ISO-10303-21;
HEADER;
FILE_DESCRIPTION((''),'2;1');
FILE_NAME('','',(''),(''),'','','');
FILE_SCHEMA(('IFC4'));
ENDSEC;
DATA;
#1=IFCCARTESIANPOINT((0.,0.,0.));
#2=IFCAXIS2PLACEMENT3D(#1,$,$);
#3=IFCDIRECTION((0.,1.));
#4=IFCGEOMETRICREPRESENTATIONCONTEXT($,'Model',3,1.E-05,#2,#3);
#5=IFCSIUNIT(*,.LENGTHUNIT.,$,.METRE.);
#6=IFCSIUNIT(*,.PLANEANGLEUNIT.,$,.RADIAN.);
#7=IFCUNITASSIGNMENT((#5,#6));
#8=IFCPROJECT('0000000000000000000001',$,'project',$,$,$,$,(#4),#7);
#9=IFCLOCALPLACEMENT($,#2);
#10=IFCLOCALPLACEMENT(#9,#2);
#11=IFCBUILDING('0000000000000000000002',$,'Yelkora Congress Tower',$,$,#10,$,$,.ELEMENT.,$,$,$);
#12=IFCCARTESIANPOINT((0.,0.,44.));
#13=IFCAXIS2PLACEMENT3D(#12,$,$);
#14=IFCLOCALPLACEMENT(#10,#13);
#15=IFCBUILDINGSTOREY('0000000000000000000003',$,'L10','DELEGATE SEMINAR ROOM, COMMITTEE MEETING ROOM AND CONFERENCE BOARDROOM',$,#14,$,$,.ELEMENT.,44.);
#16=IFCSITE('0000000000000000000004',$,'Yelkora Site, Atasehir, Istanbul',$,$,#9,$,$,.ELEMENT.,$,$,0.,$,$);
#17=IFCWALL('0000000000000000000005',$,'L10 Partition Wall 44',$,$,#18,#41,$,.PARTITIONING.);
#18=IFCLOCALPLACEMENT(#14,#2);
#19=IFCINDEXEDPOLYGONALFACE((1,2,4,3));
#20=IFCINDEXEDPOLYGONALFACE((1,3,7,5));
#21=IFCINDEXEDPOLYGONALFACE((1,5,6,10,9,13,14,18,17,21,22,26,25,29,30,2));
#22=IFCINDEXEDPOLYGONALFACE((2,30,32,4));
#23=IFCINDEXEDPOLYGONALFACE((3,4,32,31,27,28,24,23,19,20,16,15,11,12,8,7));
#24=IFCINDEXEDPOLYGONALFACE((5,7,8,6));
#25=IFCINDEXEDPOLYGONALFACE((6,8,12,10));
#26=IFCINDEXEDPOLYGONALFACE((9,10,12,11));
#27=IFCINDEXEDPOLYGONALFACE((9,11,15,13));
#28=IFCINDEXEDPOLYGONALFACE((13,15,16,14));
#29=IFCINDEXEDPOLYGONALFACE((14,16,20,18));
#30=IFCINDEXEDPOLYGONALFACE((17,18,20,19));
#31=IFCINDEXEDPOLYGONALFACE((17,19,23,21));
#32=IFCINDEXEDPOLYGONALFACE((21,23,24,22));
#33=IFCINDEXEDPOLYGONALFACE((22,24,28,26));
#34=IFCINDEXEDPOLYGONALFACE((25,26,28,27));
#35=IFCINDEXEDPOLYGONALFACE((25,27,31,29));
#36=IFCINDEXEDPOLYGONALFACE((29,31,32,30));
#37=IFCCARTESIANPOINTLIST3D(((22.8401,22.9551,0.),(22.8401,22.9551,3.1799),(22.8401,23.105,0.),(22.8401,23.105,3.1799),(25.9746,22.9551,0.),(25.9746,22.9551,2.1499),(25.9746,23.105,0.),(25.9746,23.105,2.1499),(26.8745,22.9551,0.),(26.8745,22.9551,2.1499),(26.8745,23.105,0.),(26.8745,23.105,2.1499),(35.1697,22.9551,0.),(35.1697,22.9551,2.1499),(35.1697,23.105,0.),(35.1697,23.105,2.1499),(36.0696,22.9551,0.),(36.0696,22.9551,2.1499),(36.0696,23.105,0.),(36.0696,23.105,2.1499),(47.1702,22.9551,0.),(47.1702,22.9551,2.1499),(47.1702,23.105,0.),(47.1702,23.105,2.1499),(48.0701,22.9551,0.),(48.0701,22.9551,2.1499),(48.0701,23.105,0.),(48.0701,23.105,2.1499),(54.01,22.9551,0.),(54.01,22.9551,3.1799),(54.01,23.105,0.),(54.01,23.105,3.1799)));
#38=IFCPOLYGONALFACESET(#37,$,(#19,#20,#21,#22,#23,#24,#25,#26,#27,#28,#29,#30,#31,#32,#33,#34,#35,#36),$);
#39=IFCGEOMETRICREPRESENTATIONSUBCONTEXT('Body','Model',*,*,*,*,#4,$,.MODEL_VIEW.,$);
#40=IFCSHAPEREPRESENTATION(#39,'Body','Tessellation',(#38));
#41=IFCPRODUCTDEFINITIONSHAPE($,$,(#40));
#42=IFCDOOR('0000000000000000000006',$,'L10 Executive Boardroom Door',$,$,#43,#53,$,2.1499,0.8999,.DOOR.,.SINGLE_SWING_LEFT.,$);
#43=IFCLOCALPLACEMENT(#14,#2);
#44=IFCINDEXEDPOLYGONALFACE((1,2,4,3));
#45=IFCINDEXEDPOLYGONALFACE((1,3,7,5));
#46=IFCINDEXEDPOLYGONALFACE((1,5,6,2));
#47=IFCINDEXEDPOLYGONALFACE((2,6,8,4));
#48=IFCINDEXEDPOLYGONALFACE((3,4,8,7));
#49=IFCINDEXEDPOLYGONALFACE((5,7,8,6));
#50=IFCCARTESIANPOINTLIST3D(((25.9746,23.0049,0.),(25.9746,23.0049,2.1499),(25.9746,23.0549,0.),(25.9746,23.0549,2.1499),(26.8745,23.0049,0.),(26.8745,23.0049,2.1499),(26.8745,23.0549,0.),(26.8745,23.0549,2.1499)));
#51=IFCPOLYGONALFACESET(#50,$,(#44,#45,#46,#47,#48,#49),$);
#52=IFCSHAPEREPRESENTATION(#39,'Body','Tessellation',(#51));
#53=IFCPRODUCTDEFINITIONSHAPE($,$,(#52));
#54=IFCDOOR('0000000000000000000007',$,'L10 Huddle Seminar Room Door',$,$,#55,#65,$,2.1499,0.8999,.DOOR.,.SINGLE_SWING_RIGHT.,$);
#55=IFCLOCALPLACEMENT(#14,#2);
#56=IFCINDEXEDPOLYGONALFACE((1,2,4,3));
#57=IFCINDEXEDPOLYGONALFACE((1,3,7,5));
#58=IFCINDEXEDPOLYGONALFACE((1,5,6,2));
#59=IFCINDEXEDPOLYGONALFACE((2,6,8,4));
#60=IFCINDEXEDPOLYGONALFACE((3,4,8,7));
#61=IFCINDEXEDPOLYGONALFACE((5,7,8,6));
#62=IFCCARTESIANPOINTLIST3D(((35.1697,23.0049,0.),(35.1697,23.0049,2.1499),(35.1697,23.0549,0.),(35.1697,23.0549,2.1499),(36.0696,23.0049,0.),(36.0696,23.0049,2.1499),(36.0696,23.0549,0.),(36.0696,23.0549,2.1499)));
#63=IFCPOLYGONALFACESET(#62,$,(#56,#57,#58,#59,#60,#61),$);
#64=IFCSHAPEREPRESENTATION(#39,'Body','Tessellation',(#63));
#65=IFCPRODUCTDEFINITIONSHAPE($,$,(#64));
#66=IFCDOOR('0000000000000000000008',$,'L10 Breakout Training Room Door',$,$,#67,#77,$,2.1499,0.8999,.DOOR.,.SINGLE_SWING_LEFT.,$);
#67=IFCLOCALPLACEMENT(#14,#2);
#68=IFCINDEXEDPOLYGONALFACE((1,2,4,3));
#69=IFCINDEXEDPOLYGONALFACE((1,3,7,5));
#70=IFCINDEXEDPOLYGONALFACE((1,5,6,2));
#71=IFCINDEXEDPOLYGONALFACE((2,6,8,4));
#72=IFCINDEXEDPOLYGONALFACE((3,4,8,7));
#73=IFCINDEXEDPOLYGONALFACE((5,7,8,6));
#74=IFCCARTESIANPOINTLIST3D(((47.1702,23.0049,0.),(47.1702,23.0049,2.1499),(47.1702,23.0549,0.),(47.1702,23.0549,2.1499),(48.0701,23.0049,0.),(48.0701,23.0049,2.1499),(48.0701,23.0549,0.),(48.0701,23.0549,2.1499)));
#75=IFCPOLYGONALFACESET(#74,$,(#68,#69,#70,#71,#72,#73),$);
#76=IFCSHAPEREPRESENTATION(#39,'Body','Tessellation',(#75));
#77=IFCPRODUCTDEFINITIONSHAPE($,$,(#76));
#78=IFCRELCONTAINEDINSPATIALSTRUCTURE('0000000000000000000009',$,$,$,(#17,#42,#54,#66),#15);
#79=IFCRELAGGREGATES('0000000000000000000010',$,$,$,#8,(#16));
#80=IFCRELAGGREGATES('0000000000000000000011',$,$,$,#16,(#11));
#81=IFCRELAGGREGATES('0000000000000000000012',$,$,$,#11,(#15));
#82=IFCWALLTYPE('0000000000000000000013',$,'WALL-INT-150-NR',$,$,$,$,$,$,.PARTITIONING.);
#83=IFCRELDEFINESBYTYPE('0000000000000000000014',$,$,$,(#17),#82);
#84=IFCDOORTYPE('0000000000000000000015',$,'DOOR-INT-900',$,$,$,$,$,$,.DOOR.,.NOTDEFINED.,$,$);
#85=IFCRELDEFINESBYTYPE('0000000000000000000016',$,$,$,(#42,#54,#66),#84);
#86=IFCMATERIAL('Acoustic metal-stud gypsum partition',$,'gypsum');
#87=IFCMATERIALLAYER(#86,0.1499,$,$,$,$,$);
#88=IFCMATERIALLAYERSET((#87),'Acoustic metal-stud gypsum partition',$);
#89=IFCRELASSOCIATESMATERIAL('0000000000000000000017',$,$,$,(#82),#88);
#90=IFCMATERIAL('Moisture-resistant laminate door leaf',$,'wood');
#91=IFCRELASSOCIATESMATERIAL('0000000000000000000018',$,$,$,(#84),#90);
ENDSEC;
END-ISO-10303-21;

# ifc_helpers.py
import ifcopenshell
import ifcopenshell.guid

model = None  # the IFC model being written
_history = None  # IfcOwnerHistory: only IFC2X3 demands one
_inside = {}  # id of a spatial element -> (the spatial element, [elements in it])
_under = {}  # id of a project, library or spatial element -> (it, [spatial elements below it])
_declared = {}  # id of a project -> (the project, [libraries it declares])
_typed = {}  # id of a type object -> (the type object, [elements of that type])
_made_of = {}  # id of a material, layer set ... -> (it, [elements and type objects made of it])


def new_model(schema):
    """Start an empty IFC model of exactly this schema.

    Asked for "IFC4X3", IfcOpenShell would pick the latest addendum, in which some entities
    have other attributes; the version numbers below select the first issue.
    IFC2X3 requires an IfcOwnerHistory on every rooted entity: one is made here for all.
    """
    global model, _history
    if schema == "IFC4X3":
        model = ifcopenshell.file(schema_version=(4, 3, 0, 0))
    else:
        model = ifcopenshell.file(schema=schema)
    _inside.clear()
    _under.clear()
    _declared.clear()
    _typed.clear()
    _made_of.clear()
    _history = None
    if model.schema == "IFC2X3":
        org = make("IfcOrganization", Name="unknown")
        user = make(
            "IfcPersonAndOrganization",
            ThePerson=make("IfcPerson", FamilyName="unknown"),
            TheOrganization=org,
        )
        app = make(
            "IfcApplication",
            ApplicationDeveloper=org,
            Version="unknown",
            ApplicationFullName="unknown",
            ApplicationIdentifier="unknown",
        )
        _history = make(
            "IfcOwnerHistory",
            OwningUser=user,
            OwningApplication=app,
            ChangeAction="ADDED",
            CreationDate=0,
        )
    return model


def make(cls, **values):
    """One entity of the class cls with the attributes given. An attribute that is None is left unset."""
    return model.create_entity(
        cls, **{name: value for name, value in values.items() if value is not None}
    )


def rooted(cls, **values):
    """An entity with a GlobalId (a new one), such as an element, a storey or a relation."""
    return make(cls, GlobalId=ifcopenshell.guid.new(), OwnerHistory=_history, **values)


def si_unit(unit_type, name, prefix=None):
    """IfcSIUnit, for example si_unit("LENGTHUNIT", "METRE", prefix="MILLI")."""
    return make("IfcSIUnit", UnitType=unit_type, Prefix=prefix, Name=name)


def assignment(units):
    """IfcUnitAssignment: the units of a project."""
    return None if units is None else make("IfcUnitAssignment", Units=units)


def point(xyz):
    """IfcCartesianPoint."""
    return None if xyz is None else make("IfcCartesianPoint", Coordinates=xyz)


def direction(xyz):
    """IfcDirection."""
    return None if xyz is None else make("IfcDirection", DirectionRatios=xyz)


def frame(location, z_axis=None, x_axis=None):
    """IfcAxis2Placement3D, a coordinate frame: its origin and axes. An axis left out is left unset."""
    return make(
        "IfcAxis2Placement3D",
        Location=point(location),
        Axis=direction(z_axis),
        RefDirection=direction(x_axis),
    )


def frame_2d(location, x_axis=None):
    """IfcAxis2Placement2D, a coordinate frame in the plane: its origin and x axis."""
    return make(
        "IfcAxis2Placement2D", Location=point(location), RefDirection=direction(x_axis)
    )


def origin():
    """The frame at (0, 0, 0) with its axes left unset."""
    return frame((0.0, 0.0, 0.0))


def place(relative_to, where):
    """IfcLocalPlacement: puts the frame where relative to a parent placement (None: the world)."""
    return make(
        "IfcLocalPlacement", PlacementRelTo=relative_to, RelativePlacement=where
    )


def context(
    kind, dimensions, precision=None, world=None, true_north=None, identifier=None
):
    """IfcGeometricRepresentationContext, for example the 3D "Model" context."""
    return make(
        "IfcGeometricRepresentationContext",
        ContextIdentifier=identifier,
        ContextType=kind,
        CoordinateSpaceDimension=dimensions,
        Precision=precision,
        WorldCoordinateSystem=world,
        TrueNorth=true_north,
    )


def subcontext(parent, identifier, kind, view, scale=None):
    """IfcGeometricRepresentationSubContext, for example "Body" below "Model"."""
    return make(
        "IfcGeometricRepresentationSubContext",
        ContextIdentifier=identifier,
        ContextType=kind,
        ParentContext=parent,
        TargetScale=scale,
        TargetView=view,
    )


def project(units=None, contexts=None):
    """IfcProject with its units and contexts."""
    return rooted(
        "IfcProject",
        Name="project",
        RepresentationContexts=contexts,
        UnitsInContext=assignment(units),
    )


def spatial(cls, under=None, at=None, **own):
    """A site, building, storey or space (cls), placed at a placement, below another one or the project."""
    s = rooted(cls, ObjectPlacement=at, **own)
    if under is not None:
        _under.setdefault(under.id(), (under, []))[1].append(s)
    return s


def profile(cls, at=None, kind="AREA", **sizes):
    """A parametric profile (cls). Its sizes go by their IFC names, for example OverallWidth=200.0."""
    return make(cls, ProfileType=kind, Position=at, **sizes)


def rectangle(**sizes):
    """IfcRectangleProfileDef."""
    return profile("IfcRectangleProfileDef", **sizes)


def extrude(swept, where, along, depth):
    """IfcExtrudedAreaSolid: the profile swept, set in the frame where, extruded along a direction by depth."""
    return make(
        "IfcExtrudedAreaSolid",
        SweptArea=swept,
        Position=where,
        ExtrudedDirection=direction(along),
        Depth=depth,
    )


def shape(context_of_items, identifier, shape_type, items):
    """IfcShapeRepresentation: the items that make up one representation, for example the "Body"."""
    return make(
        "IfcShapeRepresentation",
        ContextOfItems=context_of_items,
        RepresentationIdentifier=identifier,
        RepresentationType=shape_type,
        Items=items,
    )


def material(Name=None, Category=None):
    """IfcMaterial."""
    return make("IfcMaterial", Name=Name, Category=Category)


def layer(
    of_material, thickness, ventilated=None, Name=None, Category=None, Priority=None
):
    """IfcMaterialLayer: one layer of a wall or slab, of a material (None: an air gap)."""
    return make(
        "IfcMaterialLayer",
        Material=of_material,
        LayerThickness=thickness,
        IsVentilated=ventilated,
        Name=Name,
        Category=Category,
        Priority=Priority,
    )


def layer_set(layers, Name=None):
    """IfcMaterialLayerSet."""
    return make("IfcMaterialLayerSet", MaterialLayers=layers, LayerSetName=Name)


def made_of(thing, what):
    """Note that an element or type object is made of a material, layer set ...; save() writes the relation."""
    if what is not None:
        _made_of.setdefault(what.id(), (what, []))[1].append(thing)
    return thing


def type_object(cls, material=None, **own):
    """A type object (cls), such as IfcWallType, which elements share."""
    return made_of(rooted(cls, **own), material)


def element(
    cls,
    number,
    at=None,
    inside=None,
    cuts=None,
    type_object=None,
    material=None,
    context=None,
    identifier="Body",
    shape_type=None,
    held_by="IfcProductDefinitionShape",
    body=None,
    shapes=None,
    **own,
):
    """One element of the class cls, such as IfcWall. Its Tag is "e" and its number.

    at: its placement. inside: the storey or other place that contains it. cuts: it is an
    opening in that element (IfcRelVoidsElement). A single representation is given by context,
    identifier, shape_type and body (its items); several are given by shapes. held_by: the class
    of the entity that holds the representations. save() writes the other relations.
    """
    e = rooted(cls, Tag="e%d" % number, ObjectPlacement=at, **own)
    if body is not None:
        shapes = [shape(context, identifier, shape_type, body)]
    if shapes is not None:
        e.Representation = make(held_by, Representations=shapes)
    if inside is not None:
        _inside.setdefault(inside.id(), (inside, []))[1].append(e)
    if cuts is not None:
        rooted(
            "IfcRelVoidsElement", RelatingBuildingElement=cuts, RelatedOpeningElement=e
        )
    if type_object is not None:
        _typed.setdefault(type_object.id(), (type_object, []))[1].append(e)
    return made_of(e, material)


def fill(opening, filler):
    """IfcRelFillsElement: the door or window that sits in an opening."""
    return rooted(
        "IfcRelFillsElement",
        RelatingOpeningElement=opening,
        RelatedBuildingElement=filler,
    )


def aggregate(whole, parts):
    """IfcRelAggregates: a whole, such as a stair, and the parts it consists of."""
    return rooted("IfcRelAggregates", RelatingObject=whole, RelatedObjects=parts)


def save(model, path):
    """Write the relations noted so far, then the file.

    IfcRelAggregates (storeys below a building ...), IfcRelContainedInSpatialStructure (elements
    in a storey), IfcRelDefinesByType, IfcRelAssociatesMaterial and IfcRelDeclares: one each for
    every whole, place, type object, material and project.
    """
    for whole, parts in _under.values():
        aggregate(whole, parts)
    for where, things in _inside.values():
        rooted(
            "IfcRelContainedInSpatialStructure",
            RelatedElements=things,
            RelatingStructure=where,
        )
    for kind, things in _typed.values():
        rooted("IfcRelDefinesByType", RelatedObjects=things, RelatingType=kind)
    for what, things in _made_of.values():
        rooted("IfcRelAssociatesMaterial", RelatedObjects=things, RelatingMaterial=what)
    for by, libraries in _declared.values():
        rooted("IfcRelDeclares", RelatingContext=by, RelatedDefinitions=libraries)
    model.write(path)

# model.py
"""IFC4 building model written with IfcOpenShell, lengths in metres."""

from ifc_helpers import new_model, si_unit, direction, frame, frame_2d, origin, place, context, subcontext, project, spatial, rectangle, extrude, material, layer, layer_set, type_object, element, fill, save


model = new_model("IFC4")

# Units and contexts
model_context = context("Model", 3, precision=1e-05, world=origin(), true_north=direction((0.0, 1.0)))
body_context = subcontext(model_context, "Body", "Model", "MODEL_VIEW")
ifc_project = project(units=[si_unit("LENGTHUNIT", "METRE"), si_unit("PLANEANGLEUNIT", "RADIAN")], contexts=[model_context])

# Site, building, storey
site_placement = place(None, origin())
site = spatial("IfcSite", under=ifc_project, at=site_placement, Name="Yelkora Site, Atasehir, Istanbul", CompositionType="ELEMENT", RefElevation=0.0)
building_placement = place(site_placement, origin())
building = spatial("IfcBuilding", under=site, at=building_placement, Name="Yelkora Congress Tower", CompositionType="ELEMENT")
storey_placement = place(building_placement, frame((0.0, 0.0, 44.0)))
storey = spatial("IfcBuildingStorey", under=building, at=storey_placement, Name="L10", Description="DELEGATE SEMINAR ROOM, COMMITTEE MEETING ROOM AND CONFERENCE BOARDROOM", CompositionType="ELEMENT", Elevation=44.0)

# Shared definitions
ifc_material_1 = material(Name="Acoustic metal-stud gypsum partition", Category="gypsum")
ifc_layer_1 = layer(ifc_material_1, 0.1499)
ifc_layer_set_1 = layer_set([ifc_layer_1], Name="Acoustic metal-stud gypsum partition")
wall_type_1 = type_object("IfcWallType", Name="WALL-INT-150-NR", PredefinedType="PARTITIONING", material=ifc_layer_set_1)
ifc_material_2 = material(Name="Moisture-resistant laminate door leaf", Category="wood")
door_type = type_object("IfcDoorType", Name="DOOR-INT-900", OperationType="NOTDEFINED", PredefinedType="DOOR", material=ifc_material_2)

# Wall, openings, doors
wall_1_placement = place(storey_placement, frame((22.8401, 23.03, 0.0), z_axis=(0.0, 0.0, 1.0), x_axis=(1.0, 0.0, 0.0)))
wall_1 = element("IfcWall", 1, at=wall_1_placement, inside=storey, type_object=wall_type_1, Name="L10 Partition Wall 44", PredefinedType="PARTITIONING", context=body_context, shape_type="SweptSolid", body=[
    extrude(rectangle(XDim=31.1699, YDim=0.1499, at=frame_2d((15.585, 0.0))), origin(), (0.0, 0.0, 1.0), 3.1799),
])
opening_1_placement = place(wall_1_placement, frame((3.1345, 0.0, 0.0)))
opening_1 = element("IfcOpeningElement", 2, at=opening_1_placement, cuts=wall_1, PredefinedType="OPENING", context=body_context, shape_type="SweptSolid", body=[
    extrude(rectangle(XDim=0.8999, YDim=2.1499, at=frame_2d((0.45, 1.075))), frame((0.0, 0.085, 0.0), z_axis=(0.0, -1.0, 0.0), x_axis=(1.0, 0.0, 0.0)), (0.0, 0.0, 1.0), 0.1699),
])
opening_2_placement = place(wall_1_placement, frame((12.3296, 0.0, 0.0)))
opening_2 = element("IfcOpeningElement", 3, at=opening_2_placement, cuts=wall_1, PredefinedType="OPENING", context=body_context, shape_type="SweptSolid", body=[
    extrude(rectangle(XDim=0.8999, YDim=2.1499, at=frame_2d((0.45, 1.075))), frame((0.0, 0.085, 0.0), z_axis=(0.0, -1.0, 0.0), x_axis=(1.0, 0.0, 0.0)), (0.0, 0.0, 1.0), 0.1699),
])
opening_3_placement = place(wall_1_placement, frame((24.3301, 0.0, 0.0)))
opening_3 = element("IfcOpeningElement", 4, at=opening_3_placement, cuts=wall_1, PredefinedType="OPENING", context=body_context, shape_type="SweptSolid", body=[
    extrude(rectangle(XDim=0.8999, YDim=2.1499, at=frame_2d((0.45, 1.075))), frame((0.0, 0.085, 0.0), z_axis=(0.0, -1.0, 0.0), x_axis=(1.0, 0.0, 0.0)), (0.0, 0.0, 1.0), 0.1699),
])
door_1_placement = place(opening_1_placement, origin())
door_1 = element("IfcDoor", 5, at=door_1_placement, inside=storey, type_object=door_type, Name="L10 Executive Boardroom Door", OperationType="SINGLE_SWING_LEFT", OverallHeight=2.1499, OverallWidth=0.8999, PredefinedType="DOOR", context=body_context, shape_type="SweptSolid", body=[
    extrude(rectangle(XDim=0.8999, YDim=2.1499, at=frame_2d((0.45, 1.075))), frame((0.0, 0.0249, 0.0), z_axis=(0.0, -1.0, 0.0), x_axis=(1.0, 0.0, 0.0)), (0.0, 0.0, 1.0), 0.05),
])
fill(opening_1, door_1)
door_2_placement = place(opening_2_placement, origin())
door_2 = element("IfcDoor", 6, at=door_2_placement, inside=storey, type_object=door_type, Name="L10 Huddle Seminar Room Door", OperationType="SINGLE_SWING_RIGHT", OverallHeight=2.1499, OverallWidth=0.8999, PredefinedType="DOOR", context=body_context, shape_type="SweptSolid", body=[
    extrude(rectangle(XDim=0.8999, YDim=2.1499, at=frame_2d((0.45, 1.075))), frame((0.0, 0.0249, 0.0), z_axis=(0.0, -1.0, 0.0), x_axis=(1.0, 0.0, 0.0)), (0.0, 0.0, 1.0), 0.05),
])
fill(opening_2, door_2)
door_3_placement = place(opening_3_placement, origin())
door_3 = element("IfcDoor", 7, at=door_3_placement, inside=storey, type_object=door_type, Name="L10 Breakout Training Room Door", OperationType="SINGLE_SWING_LEFT", OverallHeight=2.1499, OverallWidth=0.8999, PredefinedType="DOOR", context=body_context, shape_type="SweptSolid", body=[
    extrude(rectangle(XDim=0.8999, YDim=2.1499, at=frame_2d((0.45, 1.075))), frame((0.0, 0.0249, 0.0), z_axis=(0.0, -1.0, 0.0), x_axis=(1.0, 0.0, 0.0)), (0.0, 0.0, 1.0), 0.05),
])
fill(opening_3, door_3)

save(model, "model.ifc")
